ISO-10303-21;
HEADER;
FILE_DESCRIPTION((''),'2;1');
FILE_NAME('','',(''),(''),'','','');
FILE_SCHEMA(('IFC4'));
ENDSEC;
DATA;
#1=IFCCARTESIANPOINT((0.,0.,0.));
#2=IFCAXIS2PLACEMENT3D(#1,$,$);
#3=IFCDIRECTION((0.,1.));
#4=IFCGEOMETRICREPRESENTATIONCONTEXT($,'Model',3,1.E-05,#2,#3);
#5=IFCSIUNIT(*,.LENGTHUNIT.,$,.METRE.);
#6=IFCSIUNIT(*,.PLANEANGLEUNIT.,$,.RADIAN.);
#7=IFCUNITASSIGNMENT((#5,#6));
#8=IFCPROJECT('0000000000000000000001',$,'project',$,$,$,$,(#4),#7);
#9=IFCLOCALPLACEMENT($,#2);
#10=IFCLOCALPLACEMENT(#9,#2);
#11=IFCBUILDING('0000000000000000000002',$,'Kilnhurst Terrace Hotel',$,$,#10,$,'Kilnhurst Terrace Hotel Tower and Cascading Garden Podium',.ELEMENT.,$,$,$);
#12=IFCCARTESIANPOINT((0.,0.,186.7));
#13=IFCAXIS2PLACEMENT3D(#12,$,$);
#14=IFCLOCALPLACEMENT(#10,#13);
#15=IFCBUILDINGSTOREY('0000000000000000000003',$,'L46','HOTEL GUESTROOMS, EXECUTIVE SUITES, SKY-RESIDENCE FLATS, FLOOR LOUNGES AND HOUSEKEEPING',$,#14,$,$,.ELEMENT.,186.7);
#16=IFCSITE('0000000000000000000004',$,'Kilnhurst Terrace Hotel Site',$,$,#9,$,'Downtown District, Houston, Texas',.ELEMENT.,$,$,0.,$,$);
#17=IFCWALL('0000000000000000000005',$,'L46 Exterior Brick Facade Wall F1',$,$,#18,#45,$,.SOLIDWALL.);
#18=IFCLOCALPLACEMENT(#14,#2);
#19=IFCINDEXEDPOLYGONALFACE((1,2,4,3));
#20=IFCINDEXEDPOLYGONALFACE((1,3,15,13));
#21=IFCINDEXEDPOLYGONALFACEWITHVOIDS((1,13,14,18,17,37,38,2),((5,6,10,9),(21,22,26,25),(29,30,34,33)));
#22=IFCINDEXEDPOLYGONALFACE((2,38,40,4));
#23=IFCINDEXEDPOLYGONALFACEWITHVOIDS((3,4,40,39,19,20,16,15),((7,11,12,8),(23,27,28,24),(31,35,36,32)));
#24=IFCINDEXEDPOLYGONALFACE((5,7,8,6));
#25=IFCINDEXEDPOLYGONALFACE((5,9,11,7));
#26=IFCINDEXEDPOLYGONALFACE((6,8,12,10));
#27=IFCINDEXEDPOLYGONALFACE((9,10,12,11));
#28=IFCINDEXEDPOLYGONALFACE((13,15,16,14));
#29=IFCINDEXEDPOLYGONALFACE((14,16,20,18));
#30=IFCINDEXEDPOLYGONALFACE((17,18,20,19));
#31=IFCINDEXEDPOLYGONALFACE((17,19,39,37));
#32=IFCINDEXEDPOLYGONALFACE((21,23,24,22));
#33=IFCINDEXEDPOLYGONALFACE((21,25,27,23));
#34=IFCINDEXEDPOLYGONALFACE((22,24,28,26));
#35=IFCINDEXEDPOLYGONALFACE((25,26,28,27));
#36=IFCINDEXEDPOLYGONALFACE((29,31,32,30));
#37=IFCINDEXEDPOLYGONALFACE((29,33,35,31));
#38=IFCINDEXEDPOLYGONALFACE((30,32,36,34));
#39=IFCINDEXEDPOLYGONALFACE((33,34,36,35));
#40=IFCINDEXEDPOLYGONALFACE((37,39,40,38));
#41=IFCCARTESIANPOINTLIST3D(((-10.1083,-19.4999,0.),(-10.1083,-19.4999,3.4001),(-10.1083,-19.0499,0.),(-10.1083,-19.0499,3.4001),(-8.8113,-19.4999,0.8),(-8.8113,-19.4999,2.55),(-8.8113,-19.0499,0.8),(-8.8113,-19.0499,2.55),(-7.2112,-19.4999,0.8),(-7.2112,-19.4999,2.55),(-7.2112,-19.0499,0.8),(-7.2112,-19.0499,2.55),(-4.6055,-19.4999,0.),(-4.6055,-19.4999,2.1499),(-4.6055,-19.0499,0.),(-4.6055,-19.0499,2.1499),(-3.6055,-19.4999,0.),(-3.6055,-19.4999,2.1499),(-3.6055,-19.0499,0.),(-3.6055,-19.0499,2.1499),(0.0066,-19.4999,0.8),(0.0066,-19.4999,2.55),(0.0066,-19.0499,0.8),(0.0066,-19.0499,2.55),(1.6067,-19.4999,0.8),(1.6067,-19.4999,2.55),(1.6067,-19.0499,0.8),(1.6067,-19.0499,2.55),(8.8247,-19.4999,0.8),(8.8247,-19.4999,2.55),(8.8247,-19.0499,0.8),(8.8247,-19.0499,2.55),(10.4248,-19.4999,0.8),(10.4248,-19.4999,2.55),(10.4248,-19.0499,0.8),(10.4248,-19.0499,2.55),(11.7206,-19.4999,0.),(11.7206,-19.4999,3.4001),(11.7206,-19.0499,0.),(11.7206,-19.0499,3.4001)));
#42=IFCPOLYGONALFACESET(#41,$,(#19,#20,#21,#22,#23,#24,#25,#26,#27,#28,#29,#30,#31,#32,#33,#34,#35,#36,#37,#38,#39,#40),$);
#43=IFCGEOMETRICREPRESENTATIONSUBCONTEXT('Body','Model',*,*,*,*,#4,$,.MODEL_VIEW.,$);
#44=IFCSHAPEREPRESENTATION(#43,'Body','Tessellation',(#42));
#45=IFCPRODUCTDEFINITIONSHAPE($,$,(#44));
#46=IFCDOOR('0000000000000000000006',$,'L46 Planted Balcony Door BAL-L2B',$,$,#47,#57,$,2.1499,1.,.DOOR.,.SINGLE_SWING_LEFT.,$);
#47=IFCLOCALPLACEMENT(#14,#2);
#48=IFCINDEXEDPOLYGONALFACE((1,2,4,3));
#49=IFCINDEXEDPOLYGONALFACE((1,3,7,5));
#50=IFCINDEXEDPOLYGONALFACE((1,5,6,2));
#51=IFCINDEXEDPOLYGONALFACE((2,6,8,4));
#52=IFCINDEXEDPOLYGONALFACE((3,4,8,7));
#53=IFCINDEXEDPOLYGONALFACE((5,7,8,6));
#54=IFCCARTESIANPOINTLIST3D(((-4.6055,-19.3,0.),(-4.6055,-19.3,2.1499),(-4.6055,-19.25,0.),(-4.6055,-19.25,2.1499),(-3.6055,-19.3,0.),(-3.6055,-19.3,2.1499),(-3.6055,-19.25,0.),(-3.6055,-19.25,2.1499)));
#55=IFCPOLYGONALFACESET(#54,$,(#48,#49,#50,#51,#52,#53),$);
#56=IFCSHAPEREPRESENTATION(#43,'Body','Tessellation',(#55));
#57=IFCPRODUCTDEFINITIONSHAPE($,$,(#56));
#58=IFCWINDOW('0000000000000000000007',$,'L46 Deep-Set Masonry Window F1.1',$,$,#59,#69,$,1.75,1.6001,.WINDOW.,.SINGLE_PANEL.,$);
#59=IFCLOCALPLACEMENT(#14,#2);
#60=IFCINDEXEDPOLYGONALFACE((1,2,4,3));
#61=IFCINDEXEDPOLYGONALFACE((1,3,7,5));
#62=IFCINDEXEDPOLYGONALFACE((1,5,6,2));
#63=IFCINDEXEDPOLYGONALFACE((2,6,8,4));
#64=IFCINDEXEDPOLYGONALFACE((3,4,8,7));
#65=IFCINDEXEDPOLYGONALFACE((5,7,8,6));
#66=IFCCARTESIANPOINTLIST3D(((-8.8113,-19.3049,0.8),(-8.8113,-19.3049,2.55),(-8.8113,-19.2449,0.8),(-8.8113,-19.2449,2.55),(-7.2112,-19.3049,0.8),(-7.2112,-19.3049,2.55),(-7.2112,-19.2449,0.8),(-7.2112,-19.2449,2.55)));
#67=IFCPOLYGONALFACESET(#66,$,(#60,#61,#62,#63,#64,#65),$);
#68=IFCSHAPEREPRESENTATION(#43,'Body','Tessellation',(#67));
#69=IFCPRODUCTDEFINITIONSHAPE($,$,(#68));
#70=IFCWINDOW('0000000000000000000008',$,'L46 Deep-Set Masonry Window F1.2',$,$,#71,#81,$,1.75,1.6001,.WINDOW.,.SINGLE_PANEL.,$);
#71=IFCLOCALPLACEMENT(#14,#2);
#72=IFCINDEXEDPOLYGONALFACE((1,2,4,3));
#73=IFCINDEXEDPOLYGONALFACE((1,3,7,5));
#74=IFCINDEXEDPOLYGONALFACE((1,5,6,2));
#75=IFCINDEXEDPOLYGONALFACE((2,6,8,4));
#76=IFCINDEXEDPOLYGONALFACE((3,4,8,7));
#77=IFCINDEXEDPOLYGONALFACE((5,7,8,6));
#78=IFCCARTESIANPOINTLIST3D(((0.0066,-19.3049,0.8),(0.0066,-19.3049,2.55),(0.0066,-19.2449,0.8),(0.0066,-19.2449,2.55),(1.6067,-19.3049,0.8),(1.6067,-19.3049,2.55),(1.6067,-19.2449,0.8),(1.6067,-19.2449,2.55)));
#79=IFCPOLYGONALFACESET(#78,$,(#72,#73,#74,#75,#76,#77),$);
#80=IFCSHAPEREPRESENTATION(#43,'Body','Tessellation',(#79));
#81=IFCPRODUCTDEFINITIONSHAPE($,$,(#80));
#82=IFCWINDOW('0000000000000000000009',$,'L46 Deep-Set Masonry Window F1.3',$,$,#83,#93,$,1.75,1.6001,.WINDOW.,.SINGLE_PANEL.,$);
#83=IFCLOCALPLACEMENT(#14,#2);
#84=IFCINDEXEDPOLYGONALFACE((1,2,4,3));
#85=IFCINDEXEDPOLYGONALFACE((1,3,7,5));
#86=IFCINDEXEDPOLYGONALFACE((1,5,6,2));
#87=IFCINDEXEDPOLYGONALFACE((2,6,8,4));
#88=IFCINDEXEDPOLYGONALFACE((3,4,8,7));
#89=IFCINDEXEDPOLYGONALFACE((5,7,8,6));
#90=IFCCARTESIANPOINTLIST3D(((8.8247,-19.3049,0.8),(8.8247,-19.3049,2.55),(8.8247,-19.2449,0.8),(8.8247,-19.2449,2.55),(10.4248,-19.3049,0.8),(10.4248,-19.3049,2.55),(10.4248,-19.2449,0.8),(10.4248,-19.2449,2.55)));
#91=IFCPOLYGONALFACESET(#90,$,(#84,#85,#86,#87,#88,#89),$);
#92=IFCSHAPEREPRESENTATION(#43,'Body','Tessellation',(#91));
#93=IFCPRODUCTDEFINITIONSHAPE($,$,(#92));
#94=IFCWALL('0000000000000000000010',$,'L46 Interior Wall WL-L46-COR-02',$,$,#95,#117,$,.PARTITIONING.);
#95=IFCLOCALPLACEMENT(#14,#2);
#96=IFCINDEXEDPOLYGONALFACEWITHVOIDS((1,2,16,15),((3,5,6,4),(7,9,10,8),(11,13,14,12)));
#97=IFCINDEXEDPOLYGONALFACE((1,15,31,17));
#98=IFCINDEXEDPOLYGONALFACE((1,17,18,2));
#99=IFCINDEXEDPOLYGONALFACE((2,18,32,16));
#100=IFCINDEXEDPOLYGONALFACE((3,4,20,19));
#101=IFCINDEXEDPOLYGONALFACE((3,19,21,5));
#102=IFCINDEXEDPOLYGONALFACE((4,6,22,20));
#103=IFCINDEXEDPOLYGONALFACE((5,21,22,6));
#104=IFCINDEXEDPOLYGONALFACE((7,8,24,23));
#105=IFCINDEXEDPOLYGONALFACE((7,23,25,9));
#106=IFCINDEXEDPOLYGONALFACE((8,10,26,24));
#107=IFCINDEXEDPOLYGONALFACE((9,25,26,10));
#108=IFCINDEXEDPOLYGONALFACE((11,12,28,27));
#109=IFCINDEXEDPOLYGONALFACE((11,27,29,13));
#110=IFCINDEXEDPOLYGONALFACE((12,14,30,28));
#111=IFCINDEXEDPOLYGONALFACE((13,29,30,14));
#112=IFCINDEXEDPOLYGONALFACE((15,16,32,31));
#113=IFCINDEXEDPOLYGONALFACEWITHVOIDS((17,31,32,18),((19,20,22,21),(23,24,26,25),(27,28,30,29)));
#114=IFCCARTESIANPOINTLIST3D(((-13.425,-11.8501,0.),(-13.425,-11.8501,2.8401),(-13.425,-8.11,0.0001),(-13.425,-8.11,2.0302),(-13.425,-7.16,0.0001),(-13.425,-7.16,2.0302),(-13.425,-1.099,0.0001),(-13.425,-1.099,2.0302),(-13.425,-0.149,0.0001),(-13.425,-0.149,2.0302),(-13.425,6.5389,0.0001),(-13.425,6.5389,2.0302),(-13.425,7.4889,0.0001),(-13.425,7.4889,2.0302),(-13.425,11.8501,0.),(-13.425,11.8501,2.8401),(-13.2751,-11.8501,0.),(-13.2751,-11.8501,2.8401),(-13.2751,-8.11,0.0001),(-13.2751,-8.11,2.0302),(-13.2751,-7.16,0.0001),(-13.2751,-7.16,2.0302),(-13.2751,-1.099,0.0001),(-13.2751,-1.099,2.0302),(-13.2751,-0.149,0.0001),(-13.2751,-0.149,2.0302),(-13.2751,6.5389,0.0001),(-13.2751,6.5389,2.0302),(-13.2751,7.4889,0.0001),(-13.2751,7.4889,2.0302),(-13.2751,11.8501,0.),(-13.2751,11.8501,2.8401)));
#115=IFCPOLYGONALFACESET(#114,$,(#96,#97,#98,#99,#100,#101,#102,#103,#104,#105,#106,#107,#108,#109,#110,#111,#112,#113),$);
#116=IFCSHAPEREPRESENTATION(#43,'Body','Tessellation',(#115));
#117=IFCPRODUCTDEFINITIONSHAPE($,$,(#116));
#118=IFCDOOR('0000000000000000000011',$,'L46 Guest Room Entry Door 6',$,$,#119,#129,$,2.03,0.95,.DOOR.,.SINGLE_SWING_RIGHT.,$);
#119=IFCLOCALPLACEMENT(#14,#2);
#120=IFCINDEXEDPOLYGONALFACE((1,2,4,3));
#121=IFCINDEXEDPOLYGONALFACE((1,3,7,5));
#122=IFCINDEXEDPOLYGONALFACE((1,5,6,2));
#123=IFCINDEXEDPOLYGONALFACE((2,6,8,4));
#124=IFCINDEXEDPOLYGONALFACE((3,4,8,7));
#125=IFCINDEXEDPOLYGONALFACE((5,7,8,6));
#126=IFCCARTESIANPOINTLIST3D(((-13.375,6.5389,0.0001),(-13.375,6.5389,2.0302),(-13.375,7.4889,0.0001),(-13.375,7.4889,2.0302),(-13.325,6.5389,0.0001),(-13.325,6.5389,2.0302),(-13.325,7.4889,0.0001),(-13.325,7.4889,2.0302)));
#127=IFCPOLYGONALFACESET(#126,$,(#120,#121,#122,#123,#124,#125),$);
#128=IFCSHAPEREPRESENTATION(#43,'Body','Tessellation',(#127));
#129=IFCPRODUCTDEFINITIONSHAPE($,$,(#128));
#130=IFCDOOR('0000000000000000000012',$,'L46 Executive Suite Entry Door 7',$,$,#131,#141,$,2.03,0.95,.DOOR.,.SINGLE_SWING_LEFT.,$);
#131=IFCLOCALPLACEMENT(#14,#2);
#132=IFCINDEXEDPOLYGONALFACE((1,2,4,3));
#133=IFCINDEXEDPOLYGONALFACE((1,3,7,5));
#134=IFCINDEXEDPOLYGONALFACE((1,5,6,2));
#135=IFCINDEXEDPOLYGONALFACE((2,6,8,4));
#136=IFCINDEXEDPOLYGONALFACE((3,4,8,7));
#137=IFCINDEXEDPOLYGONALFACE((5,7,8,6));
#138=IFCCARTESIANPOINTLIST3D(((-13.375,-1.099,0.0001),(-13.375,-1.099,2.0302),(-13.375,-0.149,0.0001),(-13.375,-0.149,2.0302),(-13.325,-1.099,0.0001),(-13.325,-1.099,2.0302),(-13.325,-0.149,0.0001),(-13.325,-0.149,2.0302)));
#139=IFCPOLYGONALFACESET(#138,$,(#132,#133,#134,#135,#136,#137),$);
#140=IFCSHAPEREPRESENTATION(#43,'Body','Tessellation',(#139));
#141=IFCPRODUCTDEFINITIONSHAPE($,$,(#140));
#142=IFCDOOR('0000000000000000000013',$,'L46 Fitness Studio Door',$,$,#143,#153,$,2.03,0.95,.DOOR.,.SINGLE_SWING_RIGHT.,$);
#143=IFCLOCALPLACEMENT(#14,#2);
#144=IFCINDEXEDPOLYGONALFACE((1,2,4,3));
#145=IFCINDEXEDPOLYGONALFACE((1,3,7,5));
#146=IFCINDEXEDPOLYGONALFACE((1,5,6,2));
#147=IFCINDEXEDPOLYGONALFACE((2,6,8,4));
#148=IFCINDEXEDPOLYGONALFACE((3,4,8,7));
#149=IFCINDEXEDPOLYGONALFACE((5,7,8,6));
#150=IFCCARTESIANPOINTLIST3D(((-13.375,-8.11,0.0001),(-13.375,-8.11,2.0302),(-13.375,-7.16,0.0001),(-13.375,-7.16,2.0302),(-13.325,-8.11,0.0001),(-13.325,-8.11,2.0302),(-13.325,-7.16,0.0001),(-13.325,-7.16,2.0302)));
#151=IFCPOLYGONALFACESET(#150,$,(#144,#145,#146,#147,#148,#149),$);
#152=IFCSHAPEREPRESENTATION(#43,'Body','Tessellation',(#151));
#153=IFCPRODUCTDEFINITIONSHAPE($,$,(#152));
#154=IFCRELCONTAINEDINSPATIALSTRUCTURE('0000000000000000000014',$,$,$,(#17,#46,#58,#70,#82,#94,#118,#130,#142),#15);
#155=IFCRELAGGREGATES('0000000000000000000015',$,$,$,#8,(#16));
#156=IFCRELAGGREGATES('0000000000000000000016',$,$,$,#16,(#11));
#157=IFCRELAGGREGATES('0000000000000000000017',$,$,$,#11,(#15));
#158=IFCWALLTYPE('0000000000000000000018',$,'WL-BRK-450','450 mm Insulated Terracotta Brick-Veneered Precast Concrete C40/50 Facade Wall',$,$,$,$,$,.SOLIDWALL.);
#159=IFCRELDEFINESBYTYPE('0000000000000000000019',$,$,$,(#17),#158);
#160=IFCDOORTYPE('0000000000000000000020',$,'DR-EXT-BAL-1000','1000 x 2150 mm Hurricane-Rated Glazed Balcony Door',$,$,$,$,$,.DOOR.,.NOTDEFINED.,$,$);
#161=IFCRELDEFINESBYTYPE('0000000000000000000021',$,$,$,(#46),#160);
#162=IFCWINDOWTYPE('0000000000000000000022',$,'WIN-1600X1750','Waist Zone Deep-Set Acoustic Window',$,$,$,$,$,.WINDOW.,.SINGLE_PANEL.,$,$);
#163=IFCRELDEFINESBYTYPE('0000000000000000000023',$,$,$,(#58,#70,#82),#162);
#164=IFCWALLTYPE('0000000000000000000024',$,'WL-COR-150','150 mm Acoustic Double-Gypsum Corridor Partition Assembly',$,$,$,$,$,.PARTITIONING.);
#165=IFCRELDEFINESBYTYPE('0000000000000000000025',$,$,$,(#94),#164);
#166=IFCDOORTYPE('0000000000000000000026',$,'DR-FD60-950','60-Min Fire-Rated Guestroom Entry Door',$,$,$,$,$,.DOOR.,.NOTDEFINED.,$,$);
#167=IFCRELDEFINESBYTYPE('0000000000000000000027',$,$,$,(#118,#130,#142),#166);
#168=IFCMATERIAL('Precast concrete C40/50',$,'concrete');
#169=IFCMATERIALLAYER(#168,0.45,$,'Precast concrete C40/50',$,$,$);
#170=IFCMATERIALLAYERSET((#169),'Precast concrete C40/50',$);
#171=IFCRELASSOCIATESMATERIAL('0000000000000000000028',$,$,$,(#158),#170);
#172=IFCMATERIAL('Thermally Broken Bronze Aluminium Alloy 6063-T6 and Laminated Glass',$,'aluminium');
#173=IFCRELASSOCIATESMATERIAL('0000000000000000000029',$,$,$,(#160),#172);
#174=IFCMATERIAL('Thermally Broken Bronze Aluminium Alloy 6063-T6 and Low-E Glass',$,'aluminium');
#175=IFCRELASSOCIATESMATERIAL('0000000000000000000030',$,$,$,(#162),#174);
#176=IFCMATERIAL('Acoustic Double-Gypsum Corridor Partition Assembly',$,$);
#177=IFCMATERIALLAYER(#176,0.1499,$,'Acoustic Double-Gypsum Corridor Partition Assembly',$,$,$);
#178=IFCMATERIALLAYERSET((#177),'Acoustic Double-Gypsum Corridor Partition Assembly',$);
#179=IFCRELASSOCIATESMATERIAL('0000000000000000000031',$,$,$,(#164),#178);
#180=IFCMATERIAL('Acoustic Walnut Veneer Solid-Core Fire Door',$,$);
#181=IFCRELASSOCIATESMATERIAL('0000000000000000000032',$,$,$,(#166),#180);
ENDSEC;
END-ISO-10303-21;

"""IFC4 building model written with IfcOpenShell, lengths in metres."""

from ifc_helpers import new_model, si_unit, direction, frame, frame_2d, origin, place, context, subcontext, project, spatial, rectangle, extrude, material, layer, layer_set, type_object, element, fill, save


model = new_model("IFC4")

# Units and contexts
model_context = context("Model", 3, precision=1e-05, world=origin(), true_north=direction((0.0, 1.0)))
body_context = subcontext(model_context, "Body", "Model", "MODEL_VIEW")
ifc_project = project(units=[si_unit("LENGTHUNIT", "METRE"), si_unit("PLANEANGLEUNIT", "RADIAN")], contexts=[model_context])

# Site, building, storey
site_placement = place(None, origin())
site = spatial("IfcSite", under=ifc_project, at=site_placement, Name="Kilnhurst Terrace Hotel Site", LongName="Downtown District, Houston, Texas", CompositionType="ELEMENT", RefElevation=0.0)
building_placement = place(site_placement, origin())
building = spatial("IfcBuilding", under=site, at=building_placement, Name="Kilnhurst Terrace Hotel", LongName="Kilnhurst Terrace Hotel Tower and Cascading Garden Podium", CompositionType="ELEMENT")
storey_placement = place(building_placement, frame((0.0, 0.0, 186.7)))
storey = spatial("IfcBuildingStorey", under=building, at=storey_placement, Name="L46", Description="HOTEL GUESTROOMS, EXECUTIVE SUITES, SKY-RESIDENCE FLATS, FLOOR LOUNGES AND HOUSEKEEPING", CompositionType="ELEMENT", Elevation=186.7)

# Shared definitions
ifc_material_1 = material(Name="Precast concrete C40/50", Category="concrete")
ifc_layer_1 = layer(ifc_material_1, 0.45, Name="Precast concrete C40/50")
ifc_layer_set_1 = layer_set([ifc_layer_1], Name="Precast concrete C40/50")
wall_type_1 = type_object("IfcWallType", Name="WL-BRK-450", Description="450 mm Insulated Terracotta Brick-Veneered Precast Concrete C40/50 Facade Wall", PredefinedType="SOLIDWALL", material=ifc_layer_set_1)

# Wall, openings, door, windows
wall_1_placement = place(storey_placement, frame((-10.1084, -19.2749, 0.0), z_axis=(0.0, 0.0, 1.0), x_axis=(1.0, 0.0, 0.0)))
wall_1 = element("IfcWall", 1, at=wall_1_placement, inside=storey, type_object=wall_type_1, Name="L46 Exterior Brick Facade Wall F1", PredefinedType="SOLIDWALL", context=body_context, shape_type="SweptSolid", body=[
    extrude(rectangle(XDim=21.8289, YDim=0.45, at=frame_2d((10.9146, 0.0))), origin(), (0.0, 0.0, 1.0), 3.4001),
])
opening_1_placement = place(wall_1_placement, frame((5.5029, 0.0, 0.0)))
opening_1 = element("IfcOpeningElement", 2, at=opening_1_placement, cuts=wall_1, PredefinedType="OPENING", context=body_context, shape_type="SweptSolid", body=[
    extrude(rectangle(XDim=1.0, YDim=2.1499, at=frame_2d((0.5, 1.075))), frame((0.0, 0.2349, 0.0), z_axis=(0.0, -1.0, 0.0), x_axis=(1.0, 0.0, 0.0)), (0.0, 0.0, 1.0), 0.47),
])
opening_2_placement = place(wall_1_placement, frame((1.2971, 0.0, 0.8)))
opening_2 = element("IfcOpeningElement", 3, at=opening_2_placement, cuts=wall_1, PredefinedType="OPENING", context=body_context, shape_type="SweptSolid", body=[
    extrude(rectangle(XDim=1.6001, YDim=1.75, at=frame_2d((0.8, 0.875))), frame((0.0, 0.2349, 0.0), z_axis=(0.0, -1.0, 0.0), x_axis=(1.0, 0.0, 0.0)), (0.0, 0.0, 1.0), 0.47),
])
opening_3_placement = place(wall_1_placement, frame((10.115, 0.0, 0.8)))
opening_3 = element("IfcOpeningElement", 4, at=opening_3_placement, cuts=wall_1, PredefinedType="OPENING", context=body_context, shape_type="SweptSolid", body=[
    extrude(rectangle(XDim=1.6001, YDim=1.75, at=frame_2d((0.8, 0.875))), frame((0.0, 0.2349, 0.0), z_axis=(0.0, -1.0, 0.0), x_axis=(1.0, 0.0, 0.0)), (0.0, 0.0, 1.0), 0.47),
])
opening_4_placement = place(wall_1_placement, frame((18.9331, 0.0, 0.8)))
opening_4 = element("IfcOpeningElement", 5, at=opening_4_placement, cuts=wall_1, PredefinedType="OPENING", context=body_context, shape_type="SweptSolid", body=[
    extrude(rectangle(XDim=1.6001, YDim=1.75, at=frame_2d((0.8, 0.875))), frame((0.0, 0.2349, 0.0), z_axis=(0.0, -1.0, 0.0), x_axis=(1.0, 0.0, 0.0)), (0.0, 0.0, 1.0), 0.47),
])
ifc_material_2 = material(Name="Thermally Broken Bronze Aluminium Alloy 6063-T6 and Laminated Glass", Category="aluminium")
door_type_1 = type_object("IfcDoorType", Name="DR-EXT-BAL-1000", Description="1000 x 2150 mm Hurricane-Rated Glazed Balcony Door", OperationType="NOTDEFINED", PredefinedType="DOOR", material=ifc_material_2)
door_1_placement = place(opening_1_placement, origin())
door_1 = element("IfcDoor", 6, at=door_1_placement, inside=storey, type_object=door_type_1, Name="L46 Planted Balcony Door BAL-L2B", OperationType="SINGLE_SWING_LEFT", OverallHeight=2.1499, OverallWidth=1.0, PredefinedType="DOOR", context=body_context, shape_type="SweptSolid", body=[
    extrude(rectangle(XDim=1.0, YDim=2.1499, at=frame_2d((0.5, 1.075))), frame((0.0, 0.0249, 0.0), z_axis=(0.0, -1.0, 0.0), x_axis=(1.0, 0.0, 0.0)), (0.0, 0.0, 1.0), 0.05),
])
fill(opening_1, door_1)
ifc_material_3 = material(Name="Thermally Broken Bronze Aluminium Alloy 6063-T6 and Low-E Glass", Category="aluminium")
window_type = type_object("IfcWindowType", Name="WIN-1600X1750", Description="Waist Zone Deep-Set Acoustic Window", PartitioningType="SINGLE_PANEL", PredefinedType="WINDOW", material=ifc_material_3)
window_1_placement = place(opening_2_placement, origin())
window_1 = element("IfcWindow", 7, at=window_1_placement, inside=storey, type_object=window_type, Name="L46 Deep-Set Masonry Window F1.1", OverallHeight=1.75, OverallWidth=1.6001, PartitioningType="SINGLE_PANEL", PredefinedType="WINDOW", context=body_context, shape_type="SweptSolid", body=[
    extrude(rectangle(XDim=1.6001, YDim=1.75, at=frame_2d((0.8, 0.875))), frame((0.0, 0.03, 0.0), z_axis=(0.0, -1.0, 0.0), x_axis=(1.0, 0.0, 0.0)), (0.0, 0.0, 1.0), 0.0601),
])
fill(opening_2, window_1)
window_2_placement = place(opening_3_placement, origin())
window_2 = element("IfcWindow", 8, at=window_2_placement, inside=storey, type_object=window_type, Name="L46 Deep-Set Masonry Window F1.2", OverallHeight=1.75, OverallWidth=1.6001, PartitioningType="SINGLE_PANEL", PredefinedType="WINDOW", context=body_context, shape_type="SweptSolid", body=[
    extrude(rectangle(XDim=1.6001, YDim=1.75, at=frame_2d((0.8, 0.875))), frame((0.0, 0.03, 0.0), z_axis=(0.0, -1.0, 0.0), x_axis=(1.0, 0.0, 0.0)), (0.0, 0.0, 1.0), 0.0601),
])
fill(opening_3, window_2)
window_3_placement = place(opening_4_placement, origin())
window_3 = element("IfcWindow", 9, at=window_3_placement, inside=storey, type_object=window_type, Name="L46 Deep-Set Masonry Window F1.3", OverallHeight=1.75, OverallWidth=1.6001, PartitioningType="SINGLE_PANEL", PredefinedType="WINDOW", context=body_context, shape_type="SweptSolid", body=[
    extrude(rectangle(XDim=1.6001, YDim=1.75, at=frame_2d((0.8, 0.875))), frame((0.0, 0.03, 0.0), z_axis=(0.0, -1.0, 0.0), x_axis=(1.0, 0.0, 0.0)), (0.0, 0.0, 1.0), 0.0601),
])
fill(opening_4, window_3)

# Wall, openings, doors
ifc_material_4 = material(Name="Acoustic Double-Gypsum Corridor Partition Assembly")
ifc_layer_2 = layer(ifc_material_4, 0.1499, Name="Acoustic Double-Gypsum Corridor Partition Assembly")
ifc_layer_set_2 = layer_set([ifc_layer_2], Name="Acoustic Double-Gypsum Corridor Partition Assembly")
wall_type_2 = type_object("IfcWallType", Name="WL-COR-150", Description="150 mm Acoustic Double-Gypsum Corridor Partition Assembly", PredefinedType="PARTITIONING", material=ifc_layer_set_2)
wall_2_placement = place(storey_placement, frame((-13.3501, -11.8501, 0.0), z_axis=(0.0, 0.0, 1.0), x_axis=(0.0, 1.0, 0.0)))
wall_2 = element("IfcWall", 10, at=wall_2_placement, inside=storey, type_object=wall_type_2, Name="L46 Interior Wall WL-L46-COR-02", PredefinedType="PARTITIONING", context=body_context, shape_type="SweptSolid", body=[
    extrude(rectangle(XDim=23.7002, YDim=0.1499, at=frame_2d((11.8501, 0.0))), origin(), (0.0, 0.0, 1.0), 2.8401),
])
opening_5_placement = place(wall_2_placement, frame((18.3889, 0.0, 0.0)))
opening_5 = element("IfcOpeningElement", 11, at=opening_5_placement, cuts=wall_2, PredefinedType="OPENING", context=body_context, shape_type="SweptSolid", body=[
    extrude(rectangle(XDim=0.95, YDim=2.03, at=frame_2d((0.4751, 1.0151))), frame((0.0, 0.085, 0.0), z_axis=(0.0, -1.0, 0.0), x_axis=(1.0, 0.0, 0.0)), (0.0, 0.0, 1.0), 0.1699),
])
opening_6_placement = place(wall_2_placement, frame((10.751, 0.0, 0.0)))
opening_6 = element("IfcOpeningElement", 12, at=opening_6_placement, cuts=wall_2, PredefinedType="OPENING", context=body_context, shape_type="SweptSolid", body=[
    extrude(rectangle(XDim=0.95, YDim=2.03, at=frame_2d((0.4751, 1.0151))), frame((0.0, 0.085, 0.0), z_axis=(0.0, -1.0, 0.0), x_axis=(1.0, 0.0, 0.0)), (0.0, 0.0, 1.0), 0.1699),
])
opening_7_placement = place(wall_2_placement, frame((3.74, 0.0, 0.0)))
opening_7 = element("IfcOpeningElement", 13, at=opening_7_placement, cuts=wall_2, PredefinedType="OPENING", context=body_context, shape_type="SweptSolid", body=[
    extrude(rectangle(XDim=0.95, YDim=2.03, at=frame_2d((0.4751, 1.0151))), frame((0.0, 0.085, 0.0), z_axis=(0.0, -1.0, 0.0), x_axis=(1.0, 0.0, 0.0)), (0.0, 0.0, 1.0), 0.1699),
])
ifc_material_5 = material(Name="Acoustic Walnut Veneer Solid-Core Fire Door")
door_type_2 = type_object("IfcDoorType", Name="DR-FD60-950", Description="60-Min Fire-Rated Guestroom Entry Door", OperationType="NOTDEFINED", PredefinedType="DOOR", material=ifc_material_5)
door_2_placement = place(opening_5_placement, origin())
door_2 = element("IfcDoor", 14, at=door_2_placement, inside=storey, type_object=door_type_2, Name="L46 Guest Room Entry Door 6", OperationType="SINGLE_SWING_RIGHT", OverallHeight=2.03, OverallWidth=0.95, PredefinedType="DOOR", context=body_context, shape_type="SweptSolid", body=[
    extrude(rectangle(XDim=0.95, YDim=2.03, at=frame_2d((0.4751, 1.0151))), frame((0.0, 0.0249, 0.0), z_axis=(0.0, -1.0, 0.0), x_axis=(1.0, 0.0, 0.0)), (0.0, 0.0, 1.0), 0.05),
])
fill(opening_5, door_2)
door_3_placement = place(opening_6_placement, origin())
door_3 = element("IfcDoor", 15, at=door_3_placement, inside=storey, type_object=door_type_2, Name="L46 Executive Suite Entry Door 7", OperationType="SINGLE_SWING_LEFT", OverallHeight=2.03, OverallWidth=0.95, PredefinedType="DOOR", context=body_context, shape_type="SweptSolid", body=[
    extrude(rectangle(XDim=0.95, YDim=2.03, at=frame_2d((0.4751, 1.0151))), frame((0.0, 0.0249, 0.0), z_axis=(0.0, -1.0, 0.0), x_axis=(1.0, 0.0, 0.0)), (0.0, 0.0, 1.0), 0.05),
])
fill(opening_6, door_3)
door_4_placement = place(opening_7_placement, origin())
door_4 = element("IfcDoor", 16, at=door_4_placement, inside=storey, type_object=door_type_2, Name="L46 Fitness Studio Door", OperationType="SINGLE_SWING_RIGHT", OverallHeight=2.03, OverallWidth=0.95, PredefinedType="DOOR", context=body_context, shape_type="SweptSolid", body=[
    extrude(rectangle(XDim=0.95, YDim=2.03, at=frame_2d((0.4751, 1.0151))), frame((0.0, 0.0249, 0.0), z_axis=(0.0, -1.0, 0.0), x_axis=(1.0, 0.0, 0.0)), (0.0, 0.0, 1.0), 0.05),
])
fill(opening_7, door_4)

save(model, "model.ifc")
